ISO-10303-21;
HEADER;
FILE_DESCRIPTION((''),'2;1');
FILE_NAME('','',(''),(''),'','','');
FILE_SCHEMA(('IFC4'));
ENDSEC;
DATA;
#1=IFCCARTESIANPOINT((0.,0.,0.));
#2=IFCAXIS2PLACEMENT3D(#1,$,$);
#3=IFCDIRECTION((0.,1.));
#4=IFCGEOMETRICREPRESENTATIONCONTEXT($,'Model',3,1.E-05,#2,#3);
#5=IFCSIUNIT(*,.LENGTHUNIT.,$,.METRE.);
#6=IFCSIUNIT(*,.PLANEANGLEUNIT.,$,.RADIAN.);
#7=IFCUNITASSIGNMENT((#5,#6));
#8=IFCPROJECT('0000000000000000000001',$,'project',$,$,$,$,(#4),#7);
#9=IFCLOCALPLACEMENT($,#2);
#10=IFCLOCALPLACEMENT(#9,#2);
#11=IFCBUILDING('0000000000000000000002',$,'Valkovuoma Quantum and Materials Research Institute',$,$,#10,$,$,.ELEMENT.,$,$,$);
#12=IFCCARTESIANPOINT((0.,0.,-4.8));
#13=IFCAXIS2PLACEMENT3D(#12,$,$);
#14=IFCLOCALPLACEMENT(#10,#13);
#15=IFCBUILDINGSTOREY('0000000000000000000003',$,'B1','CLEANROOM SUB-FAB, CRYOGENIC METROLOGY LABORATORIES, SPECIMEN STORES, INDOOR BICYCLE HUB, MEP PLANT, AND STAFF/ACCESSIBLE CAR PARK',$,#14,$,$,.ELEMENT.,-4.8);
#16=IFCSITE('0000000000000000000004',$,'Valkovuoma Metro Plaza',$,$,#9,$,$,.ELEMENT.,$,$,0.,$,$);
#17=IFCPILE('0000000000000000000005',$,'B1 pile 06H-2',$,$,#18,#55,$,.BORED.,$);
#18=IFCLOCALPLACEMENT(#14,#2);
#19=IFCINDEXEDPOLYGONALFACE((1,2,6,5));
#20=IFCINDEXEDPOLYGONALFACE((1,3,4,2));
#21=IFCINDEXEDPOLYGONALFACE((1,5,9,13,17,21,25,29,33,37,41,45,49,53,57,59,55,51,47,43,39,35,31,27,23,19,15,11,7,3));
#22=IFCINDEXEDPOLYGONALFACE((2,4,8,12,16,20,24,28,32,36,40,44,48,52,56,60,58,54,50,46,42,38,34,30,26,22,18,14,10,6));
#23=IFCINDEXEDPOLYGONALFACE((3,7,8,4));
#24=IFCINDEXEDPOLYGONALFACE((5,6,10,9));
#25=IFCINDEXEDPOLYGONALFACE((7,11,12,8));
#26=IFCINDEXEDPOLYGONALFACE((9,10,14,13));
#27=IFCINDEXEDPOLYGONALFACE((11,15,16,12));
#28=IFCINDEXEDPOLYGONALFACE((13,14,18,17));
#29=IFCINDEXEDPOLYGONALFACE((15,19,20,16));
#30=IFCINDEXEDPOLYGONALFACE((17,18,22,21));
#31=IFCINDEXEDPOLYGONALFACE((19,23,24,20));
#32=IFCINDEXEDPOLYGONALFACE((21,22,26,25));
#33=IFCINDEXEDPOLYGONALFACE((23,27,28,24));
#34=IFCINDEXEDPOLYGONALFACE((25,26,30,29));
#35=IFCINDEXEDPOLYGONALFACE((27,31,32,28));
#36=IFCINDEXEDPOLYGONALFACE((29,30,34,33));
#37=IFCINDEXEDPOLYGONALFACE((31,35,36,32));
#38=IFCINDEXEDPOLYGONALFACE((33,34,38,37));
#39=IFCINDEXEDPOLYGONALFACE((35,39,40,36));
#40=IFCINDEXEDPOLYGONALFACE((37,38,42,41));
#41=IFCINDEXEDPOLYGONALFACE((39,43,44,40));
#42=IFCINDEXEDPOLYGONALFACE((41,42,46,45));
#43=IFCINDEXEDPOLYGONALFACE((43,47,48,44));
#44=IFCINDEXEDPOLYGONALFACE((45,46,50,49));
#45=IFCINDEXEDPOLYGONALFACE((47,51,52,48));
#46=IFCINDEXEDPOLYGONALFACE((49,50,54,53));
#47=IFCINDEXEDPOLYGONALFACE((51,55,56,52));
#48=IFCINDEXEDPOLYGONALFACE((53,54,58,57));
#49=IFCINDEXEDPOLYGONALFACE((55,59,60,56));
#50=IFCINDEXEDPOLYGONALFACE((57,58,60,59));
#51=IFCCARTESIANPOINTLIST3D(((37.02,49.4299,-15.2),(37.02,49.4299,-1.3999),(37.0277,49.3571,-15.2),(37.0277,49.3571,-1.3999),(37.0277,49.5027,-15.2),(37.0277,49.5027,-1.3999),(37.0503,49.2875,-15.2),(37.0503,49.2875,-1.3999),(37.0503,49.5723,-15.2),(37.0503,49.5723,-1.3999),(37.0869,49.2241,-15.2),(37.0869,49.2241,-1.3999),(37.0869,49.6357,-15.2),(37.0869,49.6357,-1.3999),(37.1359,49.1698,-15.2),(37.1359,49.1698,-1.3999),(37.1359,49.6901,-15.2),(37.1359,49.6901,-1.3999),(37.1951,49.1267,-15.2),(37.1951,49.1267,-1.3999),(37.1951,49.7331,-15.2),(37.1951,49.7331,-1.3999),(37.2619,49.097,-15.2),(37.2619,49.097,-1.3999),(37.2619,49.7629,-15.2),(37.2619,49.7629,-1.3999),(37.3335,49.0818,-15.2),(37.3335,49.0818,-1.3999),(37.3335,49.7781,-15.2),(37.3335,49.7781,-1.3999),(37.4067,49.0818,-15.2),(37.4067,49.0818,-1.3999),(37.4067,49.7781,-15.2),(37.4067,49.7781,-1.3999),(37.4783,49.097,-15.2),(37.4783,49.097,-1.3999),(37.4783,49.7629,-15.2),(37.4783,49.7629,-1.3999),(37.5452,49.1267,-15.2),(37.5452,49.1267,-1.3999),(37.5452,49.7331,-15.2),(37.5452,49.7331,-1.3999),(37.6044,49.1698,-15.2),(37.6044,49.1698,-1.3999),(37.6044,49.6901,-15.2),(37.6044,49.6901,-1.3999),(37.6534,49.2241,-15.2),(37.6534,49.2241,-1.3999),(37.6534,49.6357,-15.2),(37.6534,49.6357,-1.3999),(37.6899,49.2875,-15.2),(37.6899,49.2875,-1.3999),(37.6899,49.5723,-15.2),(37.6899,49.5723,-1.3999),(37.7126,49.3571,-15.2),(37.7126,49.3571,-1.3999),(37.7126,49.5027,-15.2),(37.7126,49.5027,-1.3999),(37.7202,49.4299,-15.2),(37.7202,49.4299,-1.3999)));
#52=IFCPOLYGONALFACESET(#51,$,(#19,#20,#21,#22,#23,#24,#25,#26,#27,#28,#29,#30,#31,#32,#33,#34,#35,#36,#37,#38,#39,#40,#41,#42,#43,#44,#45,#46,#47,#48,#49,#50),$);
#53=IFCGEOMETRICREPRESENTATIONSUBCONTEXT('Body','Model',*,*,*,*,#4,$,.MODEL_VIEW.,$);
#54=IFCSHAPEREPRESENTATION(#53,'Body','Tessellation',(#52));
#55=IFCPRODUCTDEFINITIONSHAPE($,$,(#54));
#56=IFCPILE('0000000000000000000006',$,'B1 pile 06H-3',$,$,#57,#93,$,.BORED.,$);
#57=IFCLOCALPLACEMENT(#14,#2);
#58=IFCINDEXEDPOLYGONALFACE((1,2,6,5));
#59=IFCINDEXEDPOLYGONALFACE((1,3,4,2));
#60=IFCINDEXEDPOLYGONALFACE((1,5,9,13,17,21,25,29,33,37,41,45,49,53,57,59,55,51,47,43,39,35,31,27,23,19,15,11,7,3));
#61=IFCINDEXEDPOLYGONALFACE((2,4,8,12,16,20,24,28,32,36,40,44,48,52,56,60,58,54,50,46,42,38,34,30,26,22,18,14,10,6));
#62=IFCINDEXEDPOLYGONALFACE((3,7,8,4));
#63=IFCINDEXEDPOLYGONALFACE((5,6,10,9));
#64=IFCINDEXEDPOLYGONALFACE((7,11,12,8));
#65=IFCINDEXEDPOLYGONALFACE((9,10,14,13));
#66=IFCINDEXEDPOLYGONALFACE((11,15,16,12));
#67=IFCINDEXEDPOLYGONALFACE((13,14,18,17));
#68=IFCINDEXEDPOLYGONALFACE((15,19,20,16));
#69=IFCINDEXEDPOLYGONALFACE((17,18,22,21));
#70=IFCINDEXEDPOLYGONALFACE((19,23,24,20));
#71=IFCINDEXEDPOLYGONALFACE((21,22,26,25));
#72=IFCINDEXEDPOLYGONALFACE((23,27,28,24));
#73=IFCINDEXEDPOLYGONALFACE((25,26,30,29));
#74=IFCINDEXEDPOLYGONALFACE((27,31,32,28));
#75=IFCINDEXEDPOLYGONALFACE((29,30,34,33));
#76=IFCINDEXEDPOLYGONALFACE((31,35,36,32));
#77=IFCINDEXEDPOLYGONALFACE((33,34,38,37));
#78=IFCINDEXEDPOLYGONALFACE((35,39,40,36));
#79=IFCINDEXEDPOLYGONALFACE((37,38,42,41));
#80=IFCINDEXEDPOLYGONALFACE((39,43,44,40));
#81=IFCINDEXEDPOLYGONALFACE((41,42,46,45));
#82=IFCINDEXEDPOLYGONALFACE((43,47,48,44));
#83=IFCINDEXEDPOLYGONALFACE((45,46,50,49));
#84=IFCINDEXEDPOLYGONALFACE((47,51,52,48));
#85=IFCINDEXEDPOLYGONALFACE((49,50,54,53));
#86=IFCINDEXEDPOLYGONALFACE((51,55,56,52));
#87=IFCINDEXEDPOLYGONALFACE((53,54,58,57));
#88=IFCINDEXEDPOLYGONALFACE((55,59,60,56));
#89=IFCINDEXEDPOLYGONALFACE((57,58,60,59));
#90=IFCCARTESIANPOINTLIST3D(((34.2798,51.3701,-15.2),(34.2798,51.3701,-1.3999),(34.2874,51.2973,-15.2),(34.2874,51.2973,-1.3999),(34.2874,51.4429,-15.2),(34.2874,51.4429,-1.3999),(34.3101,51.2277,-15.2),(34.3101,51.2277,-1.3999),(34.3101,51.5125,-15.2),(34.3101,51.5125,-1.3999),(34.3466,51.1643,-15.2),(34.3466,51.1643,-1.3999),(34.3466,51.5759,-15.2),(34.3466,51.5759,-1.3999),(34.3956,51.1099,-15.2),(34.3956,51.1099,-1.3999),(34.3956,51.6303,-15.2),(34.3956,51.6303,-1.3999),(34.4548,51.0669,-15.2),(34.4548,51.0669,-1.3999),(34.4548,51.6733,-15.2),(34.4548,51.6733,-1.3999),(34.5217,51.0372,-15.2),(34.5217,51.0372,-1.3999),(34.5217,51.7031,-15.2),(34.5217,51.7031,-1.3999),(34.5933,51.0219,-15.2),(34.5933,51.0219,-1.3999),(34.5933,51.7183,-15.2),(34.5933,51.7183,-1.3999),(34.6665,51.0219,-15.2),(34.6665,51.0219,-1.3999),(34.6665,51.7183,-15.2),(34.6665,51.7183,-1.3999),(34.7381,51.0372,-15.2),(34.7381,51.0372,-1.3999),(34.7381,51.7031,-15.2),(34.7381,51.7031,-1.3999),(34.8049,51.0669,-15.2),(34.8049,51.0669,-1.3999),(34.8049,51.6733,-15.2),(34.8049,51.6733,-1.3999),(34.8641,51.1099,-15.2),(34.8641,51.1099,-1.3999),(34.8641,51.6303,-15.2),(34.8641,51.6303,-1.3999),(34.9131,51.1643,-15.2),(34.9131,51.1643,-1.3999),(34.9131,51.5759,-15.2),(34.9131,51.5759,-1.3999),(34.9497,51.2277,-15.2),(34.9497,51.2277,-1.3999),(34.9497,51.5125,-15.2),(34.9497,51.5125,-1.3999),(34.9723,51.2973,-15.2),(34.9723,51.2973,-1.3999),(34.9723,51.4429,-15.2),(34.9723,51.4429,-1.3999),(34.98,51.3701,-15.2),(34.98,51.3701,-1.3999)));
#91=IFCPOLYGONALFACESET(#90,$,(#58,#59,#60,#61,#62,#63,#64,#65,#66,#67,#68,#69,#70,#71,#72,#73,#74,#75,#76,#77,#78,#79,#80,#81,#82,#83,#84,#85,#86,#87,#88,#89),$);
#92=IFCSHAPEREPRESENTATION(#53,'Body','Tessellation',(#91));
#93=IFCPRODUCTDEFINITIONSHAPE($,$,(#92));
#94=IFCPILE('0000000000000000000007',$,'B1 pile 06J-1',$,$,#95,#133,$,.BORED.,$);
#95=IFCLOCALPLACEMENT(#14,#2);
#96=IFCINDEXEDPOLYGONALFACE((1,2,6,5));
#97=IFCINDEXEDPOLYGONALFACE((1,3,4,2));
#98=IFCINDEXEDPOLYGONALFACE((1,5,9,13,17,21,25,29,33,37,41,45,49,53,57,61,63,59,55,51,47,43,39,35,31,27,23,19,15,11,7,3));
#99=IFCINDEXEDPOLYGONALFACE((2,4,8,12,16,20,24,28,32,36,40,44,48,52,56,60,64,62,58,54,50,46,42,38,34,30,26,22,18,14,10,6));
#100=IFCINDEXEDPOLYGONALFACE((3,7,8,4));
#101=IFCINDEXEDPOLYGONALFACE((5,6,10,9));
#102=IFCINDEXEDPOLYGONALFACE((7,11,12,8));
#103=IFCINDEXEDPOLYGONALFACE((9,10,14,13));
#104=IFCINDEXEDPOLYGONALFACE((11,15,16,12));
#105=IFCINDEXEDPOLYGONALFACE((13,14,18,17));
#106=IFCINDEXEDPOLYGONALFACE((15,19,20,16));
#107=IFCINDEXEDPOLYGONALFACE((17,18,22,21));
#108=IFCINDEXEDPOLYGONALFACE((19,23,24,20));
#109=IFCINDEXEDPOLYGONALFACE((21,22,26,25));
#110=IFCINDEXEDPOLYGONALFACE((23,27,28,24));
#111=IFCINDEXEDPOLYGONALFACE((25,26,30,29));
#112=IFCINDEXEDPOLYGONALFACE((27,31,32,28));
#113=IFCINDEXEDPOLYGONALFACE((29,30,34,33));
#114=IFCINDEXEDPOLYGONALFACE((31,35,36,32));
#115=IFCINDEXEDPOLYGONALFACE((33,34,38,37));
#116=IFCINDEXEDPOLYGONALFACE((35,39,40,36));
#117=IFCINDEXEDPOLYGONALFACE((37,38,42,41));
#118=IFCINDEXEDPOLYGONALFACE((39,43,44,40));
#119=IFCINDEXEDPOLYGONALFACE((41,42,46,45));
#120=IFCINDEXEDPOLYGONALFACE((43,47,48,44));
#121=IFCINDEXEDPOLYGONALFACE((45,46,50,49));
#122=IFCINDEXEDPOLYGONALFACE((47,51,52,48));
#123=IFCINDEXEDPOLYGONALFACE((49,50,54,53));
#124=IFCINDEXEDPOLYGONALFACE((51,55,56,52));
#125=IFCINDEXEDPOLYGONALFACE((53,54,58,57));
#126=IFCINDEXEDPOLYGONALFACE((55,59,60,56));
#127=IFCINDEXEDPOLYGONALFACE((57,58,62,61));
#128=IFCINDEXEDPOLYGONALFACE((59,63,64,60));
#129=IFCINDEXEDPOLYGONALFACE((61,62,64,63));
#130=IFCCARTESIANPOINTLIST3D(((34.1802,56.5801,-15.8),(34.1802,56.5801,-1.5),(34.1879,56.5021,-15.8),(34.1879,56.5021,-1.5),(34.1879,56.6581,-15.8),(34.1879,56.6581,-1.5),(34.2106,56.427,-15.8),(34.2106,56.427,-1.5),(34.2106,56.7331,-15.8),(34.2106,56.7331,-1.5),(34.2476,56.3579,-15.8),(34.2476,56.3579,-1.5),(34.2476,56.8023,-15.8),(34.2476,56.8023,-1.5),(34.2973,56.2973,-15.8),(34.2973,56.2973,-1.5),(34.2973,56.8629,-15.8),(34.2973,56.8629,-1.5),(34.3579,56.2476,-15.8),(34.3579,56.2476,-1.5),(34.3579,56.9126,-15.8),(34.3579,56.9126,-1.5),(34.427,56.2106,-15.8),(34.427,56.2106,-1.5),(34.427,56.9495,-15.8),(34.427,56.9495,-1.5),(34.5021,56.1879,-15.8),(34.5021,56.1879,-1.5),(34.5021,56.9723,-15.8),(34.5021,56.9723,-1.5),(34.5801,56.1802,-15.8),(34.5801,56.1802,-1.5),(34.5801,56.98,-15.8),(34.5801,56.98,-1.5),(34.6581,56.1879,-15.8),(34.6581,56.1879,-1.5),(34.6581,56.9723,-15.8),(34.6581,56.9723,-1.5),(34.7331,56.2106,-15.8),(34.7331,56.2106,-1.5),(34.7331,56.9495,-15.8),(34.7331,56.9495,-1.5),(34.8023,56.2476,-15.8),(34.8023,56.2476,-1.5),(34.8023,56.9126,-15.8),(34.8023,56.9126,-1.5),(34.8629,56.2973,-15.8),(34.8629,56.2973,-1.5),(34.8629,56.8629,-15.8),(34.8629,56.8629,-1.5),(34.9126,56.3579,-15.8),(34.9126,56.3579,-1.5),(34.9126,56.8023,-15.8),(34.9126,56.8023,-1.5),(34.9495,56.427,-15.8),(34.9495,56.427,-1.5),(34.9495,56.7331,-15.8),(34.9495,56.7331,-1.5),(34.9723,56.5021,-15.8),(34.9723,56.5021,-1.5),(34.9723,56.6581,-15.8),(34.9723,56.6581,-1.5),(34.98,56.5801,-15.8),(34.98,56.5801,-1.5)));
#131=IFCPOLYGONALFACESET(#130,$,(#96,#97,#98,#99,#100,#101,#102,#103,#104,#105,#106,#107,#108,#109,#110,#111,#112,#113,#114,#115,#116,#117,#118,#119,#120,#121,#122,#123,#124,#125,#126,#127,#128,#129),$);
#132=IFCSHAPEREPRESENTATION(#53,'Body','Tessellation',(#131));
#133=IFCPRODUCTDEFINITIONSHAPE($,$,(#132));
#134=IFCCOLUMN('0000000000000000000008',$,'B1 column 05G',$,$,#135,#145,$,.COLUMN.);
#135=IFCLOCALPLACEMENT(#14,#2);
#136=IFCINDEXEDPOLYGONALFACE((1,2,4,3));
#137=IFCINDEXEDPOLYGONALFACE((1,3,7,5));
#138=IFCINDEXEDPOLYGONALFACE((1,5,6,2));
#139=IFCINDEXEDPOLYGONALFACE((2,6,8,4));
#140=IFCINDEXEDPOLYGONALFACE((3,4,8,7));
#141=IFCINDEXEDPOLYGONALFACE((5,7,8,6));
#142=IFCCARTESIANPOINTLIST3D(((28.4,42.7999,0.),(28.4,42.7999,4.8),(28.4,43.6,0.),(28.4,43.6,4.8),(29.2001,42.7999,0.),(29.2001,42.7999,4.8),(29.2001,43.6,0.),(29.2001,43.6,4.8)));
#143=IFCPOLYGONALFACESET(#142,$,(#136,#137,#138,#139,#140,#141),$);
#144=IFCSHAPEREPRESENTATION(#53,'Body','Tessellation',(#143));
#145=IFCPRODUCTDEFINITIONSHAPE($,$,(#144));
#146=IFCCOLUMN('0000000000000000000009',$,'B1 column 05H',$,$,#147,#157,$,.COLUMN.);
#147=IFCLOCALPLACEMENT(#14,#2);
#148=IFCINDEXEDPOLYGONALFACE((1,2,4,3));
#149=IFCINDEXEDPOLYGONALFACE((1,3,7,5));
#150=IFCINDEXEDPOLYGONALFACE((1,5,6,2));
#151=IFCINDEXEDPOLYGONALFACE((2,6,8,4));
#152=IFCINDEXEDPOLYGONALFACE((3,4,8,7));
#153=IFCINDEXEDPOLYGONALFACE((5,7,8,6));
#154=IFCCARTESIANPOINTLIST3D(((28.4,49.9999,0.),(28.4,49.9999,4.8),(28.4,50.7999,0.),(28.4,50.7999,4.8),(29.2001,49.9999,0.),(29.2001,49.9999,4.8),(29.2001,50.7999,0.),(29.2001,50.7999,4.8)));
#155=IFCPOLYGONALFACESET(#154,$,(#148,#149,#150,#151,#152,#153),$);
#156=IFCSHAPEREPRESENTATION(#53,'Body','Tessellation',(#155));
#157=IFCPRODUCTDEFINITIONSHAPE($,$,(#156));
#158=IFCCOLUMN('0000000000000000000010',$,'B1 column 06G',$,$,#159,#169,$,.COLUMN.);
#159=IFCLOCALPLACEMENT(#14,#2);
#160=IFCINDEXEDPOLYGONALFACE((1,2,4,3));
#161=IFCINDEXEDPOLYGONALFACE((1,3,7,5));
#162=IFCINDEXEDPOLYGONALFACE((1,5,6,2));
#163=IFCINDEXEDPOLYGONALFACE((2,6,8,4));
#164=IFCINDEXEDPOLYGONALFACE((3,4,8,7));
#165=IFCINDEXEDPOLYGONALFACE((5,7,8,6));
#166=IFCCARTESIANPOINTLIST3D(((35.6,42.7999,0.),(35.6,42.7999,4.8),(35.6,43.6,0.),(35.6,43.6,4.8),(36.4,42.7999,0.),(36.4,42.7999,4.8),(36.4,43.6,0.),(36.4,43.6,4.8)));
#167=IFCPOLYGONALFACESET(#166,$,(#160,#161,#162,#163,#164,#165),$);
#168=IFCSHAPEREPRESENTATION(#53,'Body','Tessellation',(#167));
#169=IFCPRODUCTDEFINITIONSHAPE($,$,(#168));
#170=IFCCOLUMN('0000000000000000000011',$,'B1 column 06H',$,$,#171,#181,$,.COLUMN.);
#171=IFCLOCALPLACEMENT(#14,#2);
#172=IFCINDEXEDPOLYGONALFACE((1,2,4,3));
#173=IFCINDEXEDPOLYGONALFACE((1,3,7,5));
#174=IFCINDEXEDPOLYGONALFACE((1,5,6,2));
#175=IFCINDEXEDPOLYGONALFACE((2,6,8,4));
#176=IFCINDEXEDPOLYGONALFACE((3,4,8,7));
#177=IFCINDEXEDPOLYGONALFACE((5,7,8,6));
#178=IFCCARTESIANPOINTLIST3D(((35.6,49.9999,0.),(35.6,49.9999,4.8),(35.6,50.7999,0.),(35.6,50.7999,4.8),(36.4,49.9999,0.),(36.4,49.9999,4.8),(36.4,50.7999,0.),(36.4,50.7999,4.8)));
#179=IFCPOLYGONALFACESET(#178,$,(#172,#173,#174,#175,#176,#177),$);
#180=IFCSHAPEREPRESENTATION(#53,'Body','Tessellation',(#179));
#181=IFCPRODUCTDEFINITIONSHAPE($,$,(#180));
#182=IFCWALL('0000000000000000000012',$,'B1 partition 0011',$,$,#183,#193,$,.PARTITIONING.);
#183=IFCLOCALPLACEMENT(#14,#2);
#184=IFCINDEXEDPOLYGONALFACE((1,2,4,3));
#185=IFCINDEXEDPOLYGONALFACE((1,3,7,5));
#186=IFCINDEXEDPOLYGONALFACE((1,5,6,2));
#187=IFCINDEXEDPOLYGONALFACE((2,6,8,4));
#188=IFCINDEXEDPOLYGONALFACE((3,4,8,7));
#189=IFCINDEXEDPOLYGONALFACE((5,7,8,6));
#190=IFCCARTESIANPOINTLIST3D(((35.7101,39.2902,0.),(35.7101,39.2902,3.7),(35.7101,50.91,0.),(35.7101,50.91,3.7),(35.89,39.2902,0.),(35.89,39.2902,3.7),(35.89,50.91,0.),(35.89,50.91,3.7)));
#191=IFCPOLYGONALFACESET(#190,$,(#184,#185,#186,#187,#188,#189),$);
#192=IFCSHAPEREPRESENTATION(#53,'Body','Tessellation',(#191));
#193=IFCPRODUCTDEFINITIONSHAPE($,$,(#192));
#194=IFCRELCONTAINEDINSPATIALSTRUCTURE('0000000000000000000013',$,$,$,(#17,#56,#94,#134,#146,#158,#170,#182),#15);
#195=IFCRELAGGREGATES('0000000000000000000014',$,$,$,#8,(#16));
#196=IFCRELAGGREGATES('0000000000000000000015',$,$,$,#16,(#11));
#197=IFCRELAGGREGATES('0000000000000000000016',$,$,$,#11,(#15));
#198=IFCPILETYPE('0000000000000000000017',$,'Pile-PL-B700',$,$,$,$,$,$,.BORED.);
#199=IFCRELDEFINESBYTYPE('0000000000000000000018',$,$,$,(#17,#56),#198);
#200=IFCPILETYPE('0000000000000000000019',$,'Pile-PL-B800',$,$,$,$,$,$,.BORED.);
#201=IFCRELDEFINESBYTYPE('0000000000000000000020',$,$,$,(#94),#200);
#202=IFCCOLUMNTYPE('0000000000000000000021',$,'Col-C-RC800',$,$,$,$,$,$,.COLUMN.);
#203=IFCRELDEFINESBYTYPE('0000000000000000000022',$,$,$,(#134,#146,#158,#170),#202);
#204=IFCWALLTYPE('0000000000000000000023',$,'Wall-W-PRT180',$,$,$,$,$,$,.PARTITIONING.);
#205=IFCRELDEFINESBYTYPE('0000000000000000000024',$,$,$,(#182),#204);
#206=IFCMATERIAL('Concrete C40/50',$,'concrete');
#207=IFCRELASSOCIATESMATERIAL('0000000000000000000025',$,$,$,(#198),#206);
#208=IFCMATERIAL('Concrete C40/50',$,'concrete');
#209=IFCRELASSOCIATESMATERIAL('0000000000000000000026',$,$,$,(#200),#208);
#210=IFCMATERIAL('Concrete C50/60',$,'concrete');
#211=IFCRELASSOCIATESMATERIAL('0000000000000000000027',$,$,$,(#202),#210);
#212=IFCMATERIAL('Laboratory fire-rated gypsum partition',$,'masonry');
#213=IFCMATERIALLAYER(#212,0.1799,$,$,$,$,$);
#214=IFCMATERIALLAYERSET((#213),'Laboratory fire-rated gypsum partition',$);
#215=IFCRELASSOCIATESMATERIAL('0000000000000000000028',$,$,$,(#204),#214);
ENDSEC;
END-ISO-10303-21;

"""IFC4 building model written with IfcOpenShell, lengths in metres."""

from ifc_helpers import new_model, si_unit, direction, frame, frame_2d, origin, origin_2d, place, context, subcontext, project, spatial, rectangle, circle, extrude, material, layer, layer_set, material_profile, profile_set, type_object, element, save


model = new_model("IFC4")

# Units and contexts
model_context = context("Model", 3, precision=1e-05, world=origin(), true_north=direction((0.0, 1.0)))
body_context = subcontext(model_context, "Body", "Model", "MODEL_VIEW")
ifc_project = project(units=[si_unit("LENGTHUNIT", "METRE"), si_unit("PLANEANGLEUNIT", "RADIAN")], contexts=[model_context])

# Site, building, storey
site_placement = place(None, origin())
site = spatial("IfcSite", under=ifc_project, at=site_placement, Name="Valkovuoma Metro Plaza", CompositionType="ELEMENT", RefElevation=0.0)
building_placement = place(site_placement, origin())
building = spatial("IfcBuilding", under=site, at=building_placement, Name="Valkovuoma Quantum and Materials Research Institute", CompositionType="ELEMENT")
storey_placement = place(building_placement, frame((0.0, 0.0, -4.8)))
storey = spatial("IfcBuildingStorey", under=building, at=storey_placement, Name="B1", Description="CLEANROOM SUB-FAB, CRYOGENIC METROLOGY LABORATORIES, SPECIMEN STORES, INDOOR BICYCLE HUB, MEP PLANT, AND STAFF/ACCESSIBLE CAR PARK", CompositionType="ELEMENT", Elevation=-4.8)

# Piles
ifc_material_1 = material(Name="Concrete C40/50", Category="concrete")
ifc_material_profile_1 = material_profile(ifc_material_1, circle(Radius=0.3501, at=origin_2d()), Name="Concrete C40/50")
ifc_profile_set_1 = profile_set([ifc_material_profile_1], Name="Concrete C40/50")
pile_type_1 = type_object("IfcPileType", Name="Pile-PL-B700", PredefinedType="BORED", material=ifc_profile_set_1)
for number, where, z_axis, x_axis, name in (
    (1, (37.3701, 49.4299, -1.3999), (0.0, 0.0, -1.0), (1.0, 0.0, 0.0), "B1 pile 06H-2"),
    (2, (34.6299, 51.3701, -1.3999), (0.0, 0.0, -1.0), (1.0, 0.0, 0.0), "B1 pile 06H-3"),
):
    element("IfcPile", number, at=place(storey_placement, frame(where, z_axis=z_axis, x_axis=x_axis)), inside=storey, type_object=pile_type_1, Name=name, PredefinedType="BORED", context=body_context, shape_type="SweptSolid", body=[
        extrude(circle(Radius=0.3501, at=origin_2d()), origin(), (0.0, 0.0, 1.0), 13.8),
    ])
ifc_material_2 = material(Name="Concrete C40/50", Category="concrete")
ifc_material_profile_2 = material_profile(ifc_material_2, circle(Radius=0.3999, at=origin_2d()), Name="Concrete C40/50")
ifc_profile_set_2 = profile_set([ifc_material_profile_2], Name="Concrete C40/50")
pile_type_2 = type_object("IfcPileType", Name="Pile-PL-B800", PredefinedType="BORED", material=ifc_profile_set_2)
pile_1_placement = place(storey_placement, frame((34.5801, 56.5801, -1.5), z_axis=(0.0, 0.0, -1.0), x_axis=(1.0, 0.0, 0.0)))
element("IfcPile", 3, at=pile_1_placement, inside=storey, type_object=pile_type_2, Name="B1 pile 06J-1", PredefinedType="BORED", context=body_context, shape_type="SweptSolid", body=[
    extrude(circle(Radius=0.3999, at=origin_2d()), origin(), (0.0, 0.0, 1.0), 14.3),
])

# Columns
ifc_material_3 = material(Name="Concrete C50/60", Category="concrete")
ifc_material_profile_3 = material_profile(ifc_material_3, rectangle(XDim=0.8, YDim=0.8, at=origin_2d()), Name="Concrete C50/60")
ifc_profile_set_3 = profile_set([ifc_material_profile_3], Name="Concrete C50/60")
column_type = type_object("IfcColumnType", Name="Col-C-RC800", PredefinedType="COLUMN", material=ifc_profile_set_3)
for number, where, z_axis, x_axis, name in (
    (4, (28.8, 43.2, 0.0), (0.0, 0.0, 1.0), (1.0, 0.0, 0.0), "B1 column 05G"),
    (5, (28.8, 50.3999, 0.0), (0.0, 0.0, 1.0), (1.0, 0.0, 0.0), "B1 column 05H"),
    (6, (36.0, 43.2, 0.0), (0.0, 0.0, 1.0), (1.0, 0.0, 0.0), "B1 column 06G"),
    (7, (36.0, 50.3999, 0.0), (0.0, 0.0, 1.0), (1.0, 0.0, 0.0), "B1 column 06H"),
):
    element("IfcColumn", number, at=place(storey_placement, frame(where, z_axis=z_axis, x_axis=x_axis)), inside=storey, type_object=column_type, Name=name, PredefinedType="COLUMN", context=body_context, shape_type="SweptSolid", body=[
        extrude(rectangle(XDim=0.8, YDim=0.8, at=origin_2d()), origin(), (0.0, 0.0, 1.0), 4.8),
    ])

# Wall
ifc_material_4 = material(Name="Laboratory fire-rated gypsum partition", Category="masonry")
ifc_layer_1 = layer(ifc_material_4, 0.1799)
ifc_layer_set_1 = layer_set([ifc_layer_1], Name="Laboratory fire-rated gypsum partition")
wall_type_1 = type_object("IfcWallType", Name="Wall-W-PRT180", PredefinedType="PARTITIONING", material=ifc_layer_set_1)
wall_1_placement = place(storey_placement, frame((35.8, 39.29, 0.0), z_axis=(0.0, 0.0, 1.0), x_axis=(0.0, 1.0, 0.0)))
element("IfcWall", 8, at=wall_1_placement, inside=storey, type_object=wall_type_1, Name="B1 partition 0011", PredefinedType="PARTITIONING", context=body_context, shape_type="SweptSolid", body=[
    extrude(rectangle(XDim=11.6199, YDim=0.1799, at=frame_2d((5.8101, 0.0))), origin(), (0.0, 0.0, 1.0), 3.7),
])

save(model, "model.ifc")
